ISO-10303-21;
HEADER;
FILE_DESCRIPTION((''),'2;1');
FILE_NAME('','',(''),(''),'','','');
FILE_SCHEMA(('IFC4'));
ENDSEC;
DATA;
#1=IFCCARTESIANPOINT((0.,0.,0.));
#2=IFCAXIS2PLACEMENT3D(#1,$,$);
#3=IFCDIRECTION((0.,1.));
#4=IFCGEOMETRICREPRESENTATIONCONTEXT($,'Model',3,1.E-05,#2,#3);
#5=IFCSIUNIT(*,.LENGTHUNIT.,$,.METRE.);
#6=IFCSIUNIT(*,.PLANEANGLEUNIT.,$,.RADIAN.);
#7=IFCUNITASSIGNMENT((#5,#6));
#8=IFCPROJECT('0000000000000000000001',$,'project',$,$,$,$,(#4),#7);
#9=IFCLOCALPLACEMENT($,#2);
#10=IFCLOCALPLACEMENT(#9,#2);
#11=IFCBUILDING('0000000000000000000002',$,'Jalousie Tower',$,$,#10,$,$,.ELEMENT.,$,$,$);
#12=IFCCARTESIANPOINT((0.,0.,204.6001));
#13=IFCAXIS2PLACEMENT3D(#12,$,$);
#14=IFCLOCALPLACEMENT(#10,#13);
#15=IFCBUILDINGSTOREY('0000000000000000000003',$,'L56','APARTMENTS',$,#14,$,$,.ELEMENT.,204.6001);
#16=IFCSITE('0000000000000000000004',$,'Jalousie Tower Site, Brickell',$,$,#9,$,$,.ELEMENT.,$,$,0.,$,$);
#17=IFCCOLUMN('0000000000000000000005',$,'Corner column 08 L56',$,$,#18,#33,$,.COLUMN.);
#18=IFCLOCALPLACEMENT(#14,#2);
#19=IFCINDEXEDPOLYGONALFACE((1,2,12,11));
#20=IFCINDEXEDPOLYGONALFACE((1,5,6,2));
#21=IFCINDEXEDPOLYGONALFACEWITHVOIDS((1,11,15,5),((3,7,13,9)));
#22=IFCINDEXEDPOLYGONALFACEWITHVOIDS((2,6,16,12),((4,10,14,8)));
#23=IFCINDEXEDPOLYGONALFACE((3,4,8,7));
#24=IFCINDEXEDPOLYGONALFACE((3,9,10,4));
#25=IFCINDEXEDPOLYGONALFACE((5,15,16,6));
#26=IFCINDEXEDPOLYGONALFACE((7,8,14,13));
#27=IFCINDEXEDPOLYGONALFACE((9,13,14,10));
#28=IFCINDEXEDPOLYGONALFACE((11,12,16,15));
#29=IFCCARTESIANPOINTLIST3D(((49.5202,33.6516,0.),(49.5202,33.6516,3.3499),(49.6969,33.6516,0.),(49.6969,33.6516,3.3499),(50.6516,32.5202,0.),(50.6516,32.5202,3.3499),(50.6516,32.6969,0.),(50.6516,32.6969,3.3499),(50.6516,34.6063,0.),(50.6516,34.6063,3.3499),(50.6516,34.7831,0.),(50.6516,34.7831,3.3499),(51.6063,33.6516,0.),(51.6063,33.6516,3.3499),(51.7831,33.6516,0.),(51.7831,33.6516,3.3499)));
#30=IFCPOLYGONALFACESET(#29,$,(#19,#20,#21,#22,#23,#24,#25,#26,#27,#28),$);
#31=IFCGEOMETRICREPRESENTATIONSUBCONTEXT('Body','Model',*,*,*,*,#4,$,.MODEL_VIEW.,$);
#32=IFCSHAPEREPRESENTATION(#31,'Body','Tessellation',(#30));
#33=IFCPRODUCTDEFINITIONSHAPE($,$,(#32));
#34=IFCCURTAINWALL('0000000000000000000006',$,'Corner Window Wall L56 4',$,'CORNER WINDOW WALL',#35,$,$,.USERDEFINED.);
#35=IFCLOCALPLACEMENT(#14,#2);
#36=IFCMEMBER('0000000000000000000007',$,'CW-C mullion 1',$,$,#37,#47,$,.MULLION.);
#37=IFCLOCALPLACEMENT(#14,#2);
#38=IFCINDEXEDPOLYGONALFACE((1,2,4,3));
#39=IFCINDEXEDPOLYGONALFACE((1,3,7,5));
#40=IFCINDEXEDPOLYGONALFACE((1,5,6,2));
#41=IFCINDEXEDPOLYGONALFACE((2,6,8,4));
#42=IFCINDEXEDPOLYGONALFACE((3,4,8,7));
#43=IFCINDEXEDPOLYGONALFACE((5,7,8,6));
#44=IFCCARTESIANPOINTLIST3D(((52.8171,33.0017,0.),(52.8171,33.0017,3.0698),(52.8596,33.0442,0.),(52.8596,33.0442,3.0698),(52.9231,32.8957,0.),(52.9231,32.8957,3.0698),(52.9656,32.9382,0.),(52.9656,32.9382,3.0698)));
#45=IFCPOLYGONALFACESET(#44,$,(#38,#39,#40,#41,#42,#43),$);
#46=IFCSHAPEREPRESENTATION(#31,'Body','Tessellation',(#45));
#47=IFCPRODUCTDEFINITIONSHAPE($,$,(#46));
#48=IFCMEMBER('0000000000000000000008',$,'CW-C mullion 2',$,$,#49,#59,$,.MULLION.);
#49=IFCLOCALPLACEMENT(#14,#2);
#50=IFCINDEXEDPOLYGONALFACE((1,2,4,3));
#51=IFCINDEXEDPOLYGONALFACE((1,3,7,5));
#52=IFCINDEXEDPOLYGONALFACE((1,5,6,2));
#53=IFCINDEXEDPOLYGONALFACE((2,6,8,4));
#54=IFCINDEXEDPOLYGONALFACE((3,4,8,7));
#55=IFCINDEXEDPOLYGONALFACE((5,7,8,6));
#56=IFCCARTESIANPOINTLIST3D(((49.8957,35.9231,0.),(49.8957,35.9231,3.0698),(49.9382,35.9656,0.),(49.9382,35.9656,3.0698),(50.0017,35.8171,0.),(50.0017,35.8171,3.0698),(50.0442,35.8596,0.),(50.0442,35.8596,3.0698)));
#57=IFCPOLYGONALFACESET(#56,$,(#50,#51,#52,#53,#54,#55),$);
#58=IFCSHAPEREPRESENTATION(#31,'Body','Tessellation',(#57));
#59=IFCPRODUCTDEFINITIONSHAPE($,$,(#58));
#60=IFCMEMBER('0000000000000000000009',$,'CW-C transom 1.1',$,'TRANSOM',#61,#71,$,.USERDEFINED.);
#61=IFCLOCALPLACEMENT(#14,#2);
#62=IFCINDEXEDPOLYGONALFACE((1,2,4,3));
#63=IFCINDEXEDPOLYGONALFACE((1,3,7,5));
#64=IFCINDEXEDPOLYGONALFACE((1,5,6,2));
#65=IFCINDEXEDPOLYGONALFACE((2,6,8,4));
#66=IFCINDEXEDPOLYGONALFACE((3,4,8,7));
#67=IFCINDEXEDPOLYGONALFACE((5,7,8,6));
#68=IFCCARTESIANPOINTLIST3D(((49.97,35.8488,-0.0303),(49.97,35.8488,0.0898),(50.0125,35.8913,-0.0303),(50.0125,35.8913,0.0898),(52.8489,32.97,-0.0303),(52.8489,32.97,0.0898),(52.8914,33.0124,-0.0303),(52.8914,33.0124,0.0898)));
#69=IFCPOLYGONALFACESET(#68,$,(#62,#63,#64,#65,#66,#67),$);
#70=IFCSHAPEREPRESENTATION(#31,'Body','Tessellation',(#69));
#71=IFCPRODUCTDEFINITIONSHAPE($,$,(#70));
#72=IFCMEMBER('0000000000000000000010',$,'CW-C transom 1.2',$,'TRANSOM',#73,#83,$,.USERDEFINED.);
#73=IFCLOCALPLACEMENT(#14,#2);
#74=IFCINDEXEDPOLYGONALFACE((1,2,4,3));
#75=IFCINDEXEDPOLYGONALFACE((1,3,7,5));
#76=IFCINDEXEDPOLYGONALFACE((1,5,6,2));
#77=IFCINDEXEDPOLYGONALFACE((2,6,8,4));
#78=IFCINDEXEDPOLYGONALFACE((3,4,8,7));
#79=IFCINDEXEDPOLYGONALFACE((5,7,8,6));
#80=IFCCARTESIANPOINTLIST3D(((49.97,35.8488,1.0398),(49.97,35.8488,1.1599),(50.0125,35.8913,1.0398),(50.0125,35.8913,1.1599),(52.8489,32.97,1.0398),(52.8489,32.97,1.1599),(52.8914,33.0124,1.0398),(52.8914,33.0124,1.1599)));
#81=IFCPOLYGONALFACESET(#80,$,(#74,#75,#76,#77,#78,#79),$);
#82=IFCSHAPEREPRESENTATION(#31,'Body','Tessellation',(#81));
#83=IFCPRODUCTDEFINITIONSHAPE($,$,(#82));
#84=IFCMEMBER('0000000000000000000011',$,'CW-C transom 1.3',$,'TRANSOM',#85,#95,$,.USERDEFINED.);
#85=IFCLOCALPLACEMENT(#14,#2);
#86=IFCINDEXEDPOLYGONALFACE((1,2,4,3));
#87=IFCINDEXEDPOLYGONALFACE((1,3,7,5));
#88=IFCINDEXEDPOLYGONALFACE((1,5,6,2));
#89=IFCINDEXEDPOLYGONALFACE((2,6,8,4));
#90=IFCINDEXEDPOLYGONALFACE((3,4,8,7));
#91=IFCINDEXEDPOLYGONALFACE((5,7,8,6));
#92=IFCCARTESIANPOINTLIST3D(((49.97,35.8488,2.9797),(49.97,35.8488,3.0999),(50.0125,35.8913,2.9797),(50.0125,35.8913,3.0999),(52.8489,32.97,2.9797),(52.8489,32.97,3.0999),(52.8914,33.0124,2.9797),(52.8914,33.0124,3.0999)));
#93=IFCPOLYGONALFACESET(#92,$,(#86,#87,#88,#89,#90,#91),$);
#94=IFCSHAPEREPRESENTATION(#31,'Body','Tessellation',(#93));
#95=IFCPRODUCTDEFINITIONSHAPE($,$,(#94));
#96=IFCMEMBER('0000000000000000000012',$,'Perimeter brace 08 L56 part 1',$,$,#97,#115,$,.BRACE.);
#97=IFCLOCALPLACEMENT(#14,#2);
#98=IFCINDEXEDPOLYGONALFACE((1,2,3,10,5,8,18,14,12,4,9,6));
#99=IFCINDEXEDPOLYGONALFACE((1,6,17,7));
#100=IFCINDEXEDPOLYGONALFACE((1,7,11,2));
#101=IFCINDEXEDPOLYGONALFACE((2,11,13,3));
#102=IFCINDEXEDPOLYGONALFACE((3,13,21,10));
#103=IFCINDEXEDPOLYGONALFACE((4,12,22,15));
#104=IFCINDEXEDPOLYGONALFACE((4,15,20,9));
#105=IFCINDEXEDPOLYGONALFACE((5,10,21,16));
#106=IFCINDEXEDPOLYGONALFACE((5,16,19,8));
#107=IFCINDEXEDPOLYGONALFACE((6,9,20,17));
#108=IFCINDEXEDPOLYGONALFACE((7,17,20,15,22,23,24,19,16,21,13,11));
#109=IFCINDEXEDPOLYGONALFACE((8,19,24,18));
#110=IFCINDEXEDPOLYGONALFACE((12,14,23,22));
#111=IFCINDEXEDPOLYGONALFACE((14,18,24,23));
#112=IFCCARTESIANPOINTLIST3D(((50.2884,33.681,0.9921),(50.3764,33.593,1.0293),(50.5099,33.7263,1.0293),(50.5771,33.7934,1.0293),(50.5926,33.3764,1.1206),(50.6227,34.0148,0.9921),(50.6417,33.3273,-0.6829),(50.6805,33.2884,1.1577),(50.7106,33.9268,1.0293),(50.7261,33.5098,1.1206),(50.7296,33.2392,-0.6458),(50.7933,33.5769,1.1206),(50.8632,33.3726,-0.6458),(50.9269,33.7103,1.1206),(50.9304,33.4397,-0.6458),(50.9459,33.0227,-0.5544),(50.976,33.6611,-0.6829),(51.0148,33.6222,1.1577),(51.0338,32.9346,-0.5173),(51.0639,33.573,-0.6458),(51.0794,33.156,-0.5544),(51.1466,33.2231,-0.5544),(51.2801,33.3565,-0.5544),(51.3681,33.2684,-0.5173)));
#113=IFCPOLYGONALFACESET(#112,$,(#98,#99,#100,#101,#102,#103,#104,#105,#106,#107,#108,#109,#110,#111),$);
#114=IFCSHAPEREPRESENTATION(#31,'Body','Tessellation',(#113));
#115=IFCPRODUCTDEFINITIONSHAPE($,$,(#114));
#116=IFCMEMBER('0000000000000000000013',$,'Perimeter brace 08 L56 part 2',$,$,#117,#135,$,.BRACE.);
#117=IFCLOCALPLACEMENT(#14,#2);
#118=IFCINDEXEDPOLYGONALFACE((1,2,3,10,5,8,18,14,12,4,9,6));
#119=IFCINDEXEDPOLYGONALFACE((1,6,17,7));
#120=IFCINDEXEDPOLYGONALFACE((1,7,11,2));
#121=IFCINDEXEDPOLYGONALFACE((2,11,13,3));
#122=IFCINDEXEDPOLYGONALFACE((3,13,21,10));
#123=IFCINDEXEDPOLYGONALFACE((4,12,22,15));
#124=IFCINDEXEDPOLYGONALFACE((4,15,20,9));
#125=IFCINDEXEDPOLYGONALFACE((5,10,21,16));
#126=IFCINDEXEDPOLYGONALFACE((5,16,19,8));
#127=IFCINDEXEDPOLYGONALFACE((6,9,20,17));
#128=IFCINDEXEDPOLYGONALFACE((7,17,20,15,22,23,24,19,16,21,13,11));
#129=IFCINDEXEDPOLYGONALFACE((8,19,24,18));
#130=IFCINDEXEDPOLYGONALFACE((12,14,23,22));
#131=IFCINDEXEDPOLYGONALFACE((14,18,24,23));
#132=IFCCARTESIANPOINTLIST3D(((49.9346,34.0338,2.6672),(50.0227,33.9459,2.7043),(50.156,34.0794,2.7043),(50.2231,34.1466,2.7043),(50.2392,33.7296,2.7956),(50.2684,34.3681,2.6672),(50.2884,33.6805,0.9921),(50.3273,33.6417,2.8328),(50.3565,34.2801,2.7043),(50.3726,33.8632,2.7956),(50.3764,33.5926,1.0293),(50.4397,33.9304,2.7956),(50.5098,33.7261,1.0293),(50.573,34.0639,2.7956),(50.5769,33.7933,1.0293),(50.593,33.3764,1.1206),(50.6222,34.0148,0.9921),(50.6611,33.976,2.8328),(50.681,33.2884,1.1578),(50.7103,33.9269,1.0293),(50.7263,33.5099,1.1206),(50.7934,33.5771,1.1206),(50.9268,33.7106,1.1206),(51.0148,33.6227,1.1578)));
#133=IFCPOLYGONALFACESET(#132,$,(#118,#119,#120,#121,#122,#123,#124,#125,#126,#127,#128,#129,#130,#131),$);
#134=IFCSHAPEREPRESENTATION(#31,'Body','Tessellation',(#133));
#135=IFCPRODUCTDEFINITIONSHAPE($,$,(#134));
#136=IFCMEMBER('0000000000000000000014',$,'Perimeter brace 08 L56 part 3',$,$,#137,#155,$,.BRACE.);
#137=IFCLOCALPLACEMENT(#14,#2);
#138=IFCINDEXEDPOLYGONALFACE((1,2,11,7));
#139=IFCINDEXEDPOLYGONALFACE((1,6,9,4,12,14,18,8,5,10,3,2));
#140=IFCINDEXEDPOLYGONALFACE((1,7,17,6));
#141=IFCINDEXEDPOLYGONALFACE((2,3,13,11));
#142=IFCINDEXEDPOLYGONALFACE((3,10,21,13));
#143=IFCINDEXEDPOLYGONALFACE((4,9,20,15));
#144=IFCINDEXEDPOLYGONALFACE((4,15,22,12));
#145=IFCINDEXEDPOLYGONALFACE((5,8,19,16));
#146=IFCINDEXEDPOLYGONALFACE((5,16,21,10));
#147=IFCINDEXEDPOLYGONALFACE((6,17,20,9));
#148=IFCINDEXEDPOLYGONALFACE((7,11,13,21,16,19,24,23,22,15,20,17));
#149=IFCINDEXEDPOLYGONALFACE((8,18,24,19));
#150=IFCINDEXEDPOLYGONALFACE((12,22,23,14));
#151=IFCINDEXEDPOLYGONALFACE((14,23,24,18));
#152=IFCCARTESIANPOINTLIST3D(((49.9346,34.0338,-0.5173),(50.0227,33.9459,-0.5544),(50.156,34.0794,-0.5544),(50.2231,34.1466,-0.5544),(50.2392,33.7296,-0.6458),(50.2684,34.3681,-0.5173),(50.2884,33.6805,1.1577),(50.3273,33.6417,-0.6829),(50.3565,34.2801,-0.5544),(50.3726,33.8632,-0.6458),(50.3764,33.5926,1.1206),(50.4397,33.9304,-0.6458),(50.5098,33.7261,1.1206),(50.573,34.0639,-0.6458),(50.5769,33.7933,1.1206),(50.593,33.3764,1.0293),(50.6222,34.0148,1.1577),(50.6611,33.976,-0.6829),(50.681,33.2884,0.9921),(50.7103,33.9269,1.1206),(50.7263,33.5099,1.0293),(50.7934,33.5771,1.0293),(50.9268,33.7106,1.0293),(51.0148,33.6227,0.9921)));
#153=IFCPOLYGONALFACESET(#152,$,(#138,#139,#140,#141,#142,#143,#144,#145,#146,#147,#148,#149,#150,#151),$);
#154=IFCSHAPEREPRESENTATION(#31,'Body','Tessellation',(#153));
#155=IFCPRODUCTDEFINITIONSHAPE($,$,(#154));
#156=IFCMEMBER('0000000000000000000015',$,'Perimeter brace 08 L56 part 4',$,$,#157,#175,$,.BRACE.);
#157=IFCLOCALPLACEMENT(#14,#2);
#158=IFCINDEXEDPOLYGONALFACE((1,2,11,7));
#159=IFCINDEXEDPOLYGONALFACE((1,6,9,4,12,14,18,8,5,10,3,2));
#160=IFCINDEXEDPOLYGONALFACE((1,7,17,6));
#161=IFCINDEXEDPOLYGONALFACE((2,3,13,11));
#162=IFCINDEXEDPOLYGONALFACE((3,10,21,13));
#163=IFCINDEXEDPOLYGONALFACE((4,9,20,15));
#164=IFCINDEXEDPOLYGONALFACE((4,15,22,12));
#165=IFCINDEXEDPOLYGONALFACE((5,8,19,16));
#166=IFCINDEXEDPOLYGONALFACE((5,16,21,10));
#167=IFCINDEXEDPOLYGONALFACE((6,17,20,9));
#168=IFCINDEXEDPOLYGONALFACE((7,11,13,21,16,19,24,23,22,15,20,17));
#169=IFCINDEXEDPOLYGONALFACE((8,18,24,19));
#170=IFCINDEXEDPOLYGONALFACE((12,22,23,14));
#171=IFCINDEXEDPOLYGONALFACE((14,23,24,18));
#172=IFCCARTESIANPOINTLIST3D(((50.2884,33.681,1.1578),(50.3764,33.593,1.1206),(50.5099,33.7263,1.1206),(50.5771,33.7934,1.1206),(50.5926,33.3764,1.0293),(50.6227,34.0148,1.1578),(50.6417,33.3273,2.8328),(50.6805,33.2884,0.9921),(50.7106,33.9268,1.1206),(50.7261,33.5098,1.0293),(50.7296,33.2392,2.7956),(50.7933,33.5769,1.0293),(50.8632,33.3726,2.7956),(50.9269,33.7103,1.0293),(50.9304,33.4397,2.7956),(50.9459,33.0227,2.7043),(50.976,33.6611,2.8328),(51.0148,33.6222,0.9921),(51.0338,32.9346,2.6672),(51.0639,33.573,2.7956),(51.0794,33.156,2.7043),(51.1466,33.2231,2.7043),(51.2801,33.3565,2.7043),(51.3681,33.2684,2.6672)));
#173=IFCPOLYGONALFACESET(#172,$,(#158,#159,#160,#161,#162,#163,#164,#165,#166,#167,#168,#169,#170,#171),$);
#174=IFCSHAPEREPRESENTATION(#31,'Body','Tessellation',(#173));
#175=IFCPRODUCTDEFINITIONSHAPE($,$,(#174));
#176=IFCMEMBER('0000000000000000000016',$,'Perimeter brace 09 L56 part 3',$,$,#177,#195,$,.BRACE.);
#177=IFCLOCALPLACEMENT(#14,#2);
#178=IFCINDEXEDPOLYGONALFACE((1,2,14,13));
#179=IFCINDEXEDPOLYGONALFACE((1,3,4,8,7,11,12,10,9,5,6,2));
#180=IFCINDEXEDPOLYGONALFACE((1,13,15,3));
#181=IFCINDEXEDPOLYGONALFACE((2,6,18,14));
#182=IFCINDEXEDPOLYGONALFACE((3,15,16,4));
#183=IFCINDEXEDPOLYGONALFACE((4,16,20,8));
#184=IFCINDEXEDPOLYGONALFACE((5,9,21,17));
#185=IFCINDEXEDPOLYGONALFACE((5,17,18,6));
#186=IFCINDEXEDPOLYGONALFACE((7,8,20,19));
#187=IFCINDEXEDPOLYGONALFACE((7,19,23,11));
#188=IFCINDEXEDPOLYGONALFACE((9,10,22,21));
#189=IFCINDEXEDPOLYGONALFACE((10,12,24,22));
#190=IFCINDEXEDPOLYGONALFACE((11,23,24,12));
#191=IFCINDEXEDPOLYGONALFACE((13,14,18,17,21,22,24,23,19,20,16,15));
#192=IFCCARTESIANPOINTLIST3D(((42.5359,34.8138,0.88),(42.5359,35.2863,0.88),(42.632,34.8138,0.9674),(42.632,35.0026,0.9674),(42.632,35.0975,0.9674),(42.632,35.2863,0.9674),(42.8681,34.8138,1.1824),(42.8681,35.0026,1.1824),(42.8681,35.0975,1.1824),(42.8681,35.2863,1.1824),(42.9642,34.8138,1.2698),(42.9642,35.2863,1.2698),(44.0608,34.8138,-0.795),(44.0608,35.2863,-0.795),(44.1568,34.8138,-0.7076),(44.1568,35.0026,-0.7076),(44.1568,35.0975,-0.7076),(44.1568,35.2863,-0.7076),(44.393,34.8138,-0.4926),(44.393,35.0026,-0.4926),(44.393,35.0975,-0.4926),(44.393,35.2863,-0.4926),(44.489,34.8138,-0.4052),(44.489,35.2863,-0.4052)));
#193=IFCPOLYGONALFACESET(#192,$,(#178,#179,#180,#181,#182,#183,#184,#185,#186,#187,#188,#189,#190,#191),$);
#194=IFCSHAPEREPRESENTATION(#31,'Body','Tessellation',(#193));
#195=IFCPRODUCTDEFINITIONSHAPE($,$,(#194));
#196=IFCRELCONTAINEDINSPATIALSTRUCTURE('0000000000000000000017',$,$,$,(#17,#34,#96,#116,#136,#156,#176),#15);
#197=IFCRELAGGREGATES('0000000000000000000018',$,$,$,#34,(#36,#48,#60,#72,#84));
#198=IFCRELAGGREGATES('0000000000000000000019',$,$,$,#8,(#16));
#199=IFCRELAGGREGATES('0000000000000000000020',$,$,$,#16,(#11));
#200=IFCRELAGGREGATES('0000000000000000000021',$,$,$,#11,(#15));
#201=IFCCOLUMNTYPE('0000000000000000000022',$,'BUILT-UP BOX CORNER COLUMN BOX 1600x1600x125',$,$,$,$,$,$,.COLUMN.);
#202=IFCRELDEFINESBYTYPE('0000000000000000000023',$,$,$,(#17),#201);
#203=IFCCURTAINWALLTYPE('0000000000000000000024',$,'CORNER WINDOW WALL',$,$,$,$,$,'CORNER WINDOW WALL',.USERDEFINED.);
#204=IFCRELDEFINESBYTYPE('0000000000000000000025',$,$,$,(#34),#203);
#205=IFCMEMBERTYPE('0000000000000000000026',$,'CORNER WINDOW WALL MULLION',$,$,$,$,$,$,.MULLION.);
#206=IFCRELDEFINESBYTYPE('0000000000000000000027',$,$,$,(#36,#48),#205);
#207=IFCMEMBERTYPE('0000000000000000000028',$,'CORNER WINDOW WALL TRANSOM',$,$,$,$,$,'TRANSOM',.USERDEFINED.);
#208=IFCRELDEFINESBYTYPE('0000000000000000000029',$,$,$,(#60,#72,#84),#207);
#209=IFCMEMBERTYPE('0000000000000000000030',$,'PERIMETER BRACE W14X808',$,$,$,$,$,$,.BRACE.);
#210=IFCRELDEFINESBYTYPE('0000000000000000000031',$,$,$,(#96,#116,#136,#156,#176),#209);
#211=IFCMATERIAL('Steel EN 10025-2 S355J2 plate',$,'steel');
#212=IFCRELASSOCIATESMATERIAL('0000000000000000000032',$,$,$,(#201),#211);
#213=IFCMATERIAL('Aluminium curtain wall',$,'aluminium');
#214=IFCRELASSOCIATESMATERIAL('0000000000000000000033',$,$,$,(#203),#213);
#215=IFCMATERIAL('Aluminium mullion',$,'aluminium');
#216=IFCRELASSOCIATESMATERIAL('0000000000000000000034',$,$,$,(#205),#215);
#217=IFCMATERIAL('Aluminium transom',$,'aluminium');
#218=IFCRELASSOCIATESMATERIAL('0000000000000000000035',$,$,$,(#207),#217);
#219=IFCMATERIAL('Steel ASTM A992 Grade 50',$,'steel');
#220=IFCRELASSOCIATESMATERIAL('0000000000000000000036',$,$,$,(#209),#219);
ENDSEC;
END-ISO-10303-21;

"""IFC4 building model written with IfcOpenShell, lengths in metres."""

from ifc_helpers import new_model, si_unit, direction, frame, origin, origin_2d, place, context, subcontext, project, spatial, rectangle, hollow_rectangle, i_section, extrude, material, material_profile, profile_set, type_object, element, aggregate, save


model = new_model("IFC4")

# Units and contexts
model_context = context("Model", 3, precision=1e-05, world=origin(), true_north=direction((0.0, 1.0)))
body_context = subcontext(model_context, "Body", "Model", "MODEL_VIEW")
ifc_project = project(units=[si_unit("LENGTHUNIT", "METRE"), si_unit("PLANEANGLEUNIT", "RADIAN")], contexts=[model_context])

# Site, building, storey
site_placement = place(None, origin())
site = spatial("IfcSite", under=ifc_project, at=site_placement, Name="Jalousie Tower Site, Brickell", CompositionType="ELEMENT", RefElevation=0.0)
building_placement = place(site_placement, origin())
building = spatial("IfcBuilding", under=site, at=building_placement, Name="Jalousie Tower", CompositionType="ELEMENT")
storey_placement = place(building_placement, frame((0.0, 0.0, 204.6001)))
storey = spatial("IfcBuildingStorey", under=building, at=storey_placement, Name="L56", Description="APARTMENTS", CompositionType="ELEMENT", Elevation=204.6001)

# Column
ifc_material_1 = material(Name="Steel EN 10025-2 S355J2 plate", Category="steel")
ifc_material_profile_1 = material_profile(ifc_material_1, hollow_rectangle(XDim=1.6001, YDim=1.6001, WallThickness=0.125, at=origin_2d()), Name="BOX 1600x1600x125")
ifc_profile_set_1 = profile_set([ifc_material_profile_1], Name="Steel EN 10025-2 S355J2 plate")
column_type = type_object("IfcColumnType", Name="BUILT-UP BOX CORNER COLUMN BOX 1600x1600x125", PredefinedType="COLUMN", material=ifc_profile_set_1)
column_placement = place(storey_placement, frame((50.6516, 33.6516, 0.0), z_axis=(0.0, 0.0, 1.0), x_axis=(-0.707107, -0.707107, 0.0)))
element("IfcColumn", 1, at=column_placement, inside=storey, type_object=column_type, Name="Corner column 08 L56", PredefinedType="COLUMN", context=body_context, shape_type="SweptSolid", body=[
    extrude(hollow_rectangle(XDim=1.6001, YDim=1.6001, WallThickness=0.125, at=origin_2d()), origin(), (0.0, 0.0, 1.0), 3.3499),
])

# Curtain wall, members
ifc_material_2 = material(Name="Aluminium curtain wall", Category="aluminium")
curtain_wall_type_1 = type_object("IfcCurtainWallType", Name="CORNER WINDOW WALL", ElementType="CORNER WINDOW WALL", PredefinedType="USERDEFINED", material=ifc_material_2)
curtain_wall_1_placement = place(storey_placement, origin())
curtain_wall_1 = element("IfcCurtainWall", 2, at=curtain_wall_1_placement, inside=storey, type_object=curtain_wall_type_1, Name="Corner Window Wall L56 4", ObjectType="CORNER WINDOW WALL", PredefinedType="USERDEFINED")
ifc_material_3 = material(Name="Aluminium mullion", Category="aluminium")
ifc_material_profile_2 = material_profile(ifc_material_3, rectangle(XDim=0.0601, YDim=0.1499, at=origin_2d()), Name="MULLION 60x150")
ifc_profile_set_2 = profile_set([ifc_material_profile_2], Name="Aluminium mullion")
member_type_1 = type_object("IfcMemberType", Name="CORNER WINDOW WALL MULLION", PredefinedType="MULLION", material=ifc_profile_set_2)
member_1_placement = place(storey_placement, frame((52.8914, 32.97, 0.0), z_axis=(0.0, 0.0, 1.0), x_axis=(-0.707107, -0.707107, 0.0)))
member_1 = element("IfcMember", 3, at=member_1_placement, type_object=member_type_1, Name="CW-C mullion 1", PredefinedType="MULLION", context=body_context, shape_type="SweptSolid", body=[
    extrude(rectangle(XDim=0.0601, YDim=0.1499, at=origin_2d()), origin(), (0.0, 0.0, 1.0), 3.0698),
])
member_2_placement = place(storey_placement, frame((49.97, 35.8914, 0.0), z_axis=(0.0, 0.0, 1.0), x_axis=(-0.707107, -0.707107, 0.0)))
member_2 = element("IfcMember", 4, at=member_2_placement, type_object=member_type_1, Name="CW-C mullion 2", PredefinedType="MULLION", context=body_context, shape_type="SweptSolid", body=[
    extrude(rectangle(XDim=0.0601, YDim=0.1499, at=origin_2d()), origin(), (0.0, 0.0, 1.0), 3.0698),
])
ifc_material_4 = material(Name="Aluminium transom", Category="aluminium")
ifc_material_profile_3 = material_profile(ifc_material_4, rectangle(XDim=0.0601, YDim=0.1201, at=origin_2d()), Name="TRANSOM 60x120")
ifc_profile_set_3 = profile_set([ifc_material_profile_3], Name="Aluminium transom")
member_type_2 = type_object("IfcMemberType", Name="CORNER WINDOW WALL TRANSOM", ElementType="TRANSOM", PredefinedType="USERDEFINED", material=ifc_profile_set_3)
member_3_placement = place(storey_placement, frame((52.8701, 32.9912, 0.0298), z_axis=(-0.707107, 0.707107, 0.0), x_axis=(-0.707107, -0.707107, 0.0)))
member_3 = element("IfcMember", 5, at=member_3_placement, type_object=member_type_2, Name="CW-C transom 1.1", ObjectType="TRANSOM", PredefinedType="USERDEFINED", context=body_context, shape_type="SweptSolid", body=[
    extrude(rectangle(XDim=0.0601, YDim=0.1201, at=origin_2d()), origin(), (0.0, 0.0, 1.0), 4.0713),
])
member_4_placement = place(storey_placement, frame((52.8701, 32.9912, 1.0999), z_axis=(-0.707107, 0.707107, 0.0), x_axis=(-0.707107, -0.707107, 0.0)))
member_4 = element("IfcMember", 6, at=member_4_placement, type_object=member_type_2, Name="CW-C transom 1.2", ObjectType="TRANSOM", PredefinedType="USERDEFINED", context=body_context, shape_type="SweptSolid", body=[
    extrude(rectangle(XDim=0.0601, YDim=0.1201, at=origin_2d()), origin(), (0.0, 0.0, 1.0), 4.0713),
])
member_5_placement = place(storey_placement, frame((52.8701, 32.9912, 3.0398), z_axis=(-0.707107, 0.707107, 0.0), x_axis=(-0.707107, -0.707107, 0.0)))
member_5 = element("IfcMember", 7, at=member_5_placement, type_object=member_type_2, Name="CW-C transom 1.3", ObjectType="TRANSOM", PredefinedType="USERDEFINED", context=body_context, shape_type="SweptSolid", body=[
    extrude(rectangle(XDim=0.0601, YDim=0.1201, at=origin_2d()), origin(), (0.0, 0.0, 1.0), 4.0713),
])

# Members
ifc_material_5 = material(Name="Steel ASTM A992 Grade 50", Category="steel")
ifc_material_profile_4 = material_profile(ifc_material_5, i_section(OverallWidth=0.4724, OverallDepth=0.5791, WebThickness=0.095, FlangeThickness=0.1299, at=origin_2d()), Name="W14X808")
ifc_profile_set_4 = profile_set([ifc_material_profile_4], Name="Steel ASTM A992 Grade 50")
member_type_3 = type_object("IfcMemberType", Name="PERIMETER BRACE W14X808", PredefinedType="BRACE", material=ifc_profile_set_4)
for number, where, z_axis, x_axis, name in (
    (8, (51.0049, 33.2979, -0.6001), (-0.202093, 0.202372, 0.95823), (-0.707595, -0.706618, 0.0), "Perimeter brace 08 L56 part 1"),
    (9, (50.6516, 33.6516, 1.075), (-0.202372, 0.202093, 0.95823), (-0.706618, -0.707595, 0.0), "Perimeter brace 08 L56 part 2"),
    (10, (50.2979, 34.0049, -0.6001), (0.202372, -0.202093, 0.95823), (0.706618, 0.707595, 0.0), "Perimeter brace 08 L56 part 3"),
    (11, (50.6516, 33.6516, 1.075), (0.202093, -0.202372, 0.95823), (0.707595, 0.706618, 0.0), "Perimeter brace 08 L56 part 4"),
):
    element("IfcMember", number, at=place(storey_placement, frame(where, z_axis=z_axis, x_axis=x_axis)), inside=storey, type_object=member_type_3, Name=name, PredefinedType="BRACE", context=body_context, shape_type="SweptSolid", body=[
        extrude(i_section(OverallWidth=0.4724, OverallDepth=0.5791, WebThickness=0.095, FlangeThickness=0.1299, at=origin_2d()), origin(), (0.0, 0.0, 1.0), 1.748),
    ])
member_6_placement = place(storey_placement, frame((44.2749, 35.05, -0.6001), z_axis=(-0.673188, 0.0, 0.739472), x_axis=(0.0, -1.0, 0.0)))
element("IfcMember", 12, at=member_6_placement, inside=storey, type_object=member_type_3, Name="Perimeter brace 09 L56 part 3", PredefinedType="BRACE", context=body_context, shape_type="SweptSolid", body=[
    extrude(i_section(OverallWidth=0.4724, OverallDepth=0.5791, WebThickness=0.095, FlangeThickness=0.1299, at=origin_2d()), origin(), (0.0, 0.0, 1.0), 2.2651),
])

aggregate(curtain_wall_1, [member_1, member_2, member_3, member_4, member_5])

save(model, "model.ifc")
